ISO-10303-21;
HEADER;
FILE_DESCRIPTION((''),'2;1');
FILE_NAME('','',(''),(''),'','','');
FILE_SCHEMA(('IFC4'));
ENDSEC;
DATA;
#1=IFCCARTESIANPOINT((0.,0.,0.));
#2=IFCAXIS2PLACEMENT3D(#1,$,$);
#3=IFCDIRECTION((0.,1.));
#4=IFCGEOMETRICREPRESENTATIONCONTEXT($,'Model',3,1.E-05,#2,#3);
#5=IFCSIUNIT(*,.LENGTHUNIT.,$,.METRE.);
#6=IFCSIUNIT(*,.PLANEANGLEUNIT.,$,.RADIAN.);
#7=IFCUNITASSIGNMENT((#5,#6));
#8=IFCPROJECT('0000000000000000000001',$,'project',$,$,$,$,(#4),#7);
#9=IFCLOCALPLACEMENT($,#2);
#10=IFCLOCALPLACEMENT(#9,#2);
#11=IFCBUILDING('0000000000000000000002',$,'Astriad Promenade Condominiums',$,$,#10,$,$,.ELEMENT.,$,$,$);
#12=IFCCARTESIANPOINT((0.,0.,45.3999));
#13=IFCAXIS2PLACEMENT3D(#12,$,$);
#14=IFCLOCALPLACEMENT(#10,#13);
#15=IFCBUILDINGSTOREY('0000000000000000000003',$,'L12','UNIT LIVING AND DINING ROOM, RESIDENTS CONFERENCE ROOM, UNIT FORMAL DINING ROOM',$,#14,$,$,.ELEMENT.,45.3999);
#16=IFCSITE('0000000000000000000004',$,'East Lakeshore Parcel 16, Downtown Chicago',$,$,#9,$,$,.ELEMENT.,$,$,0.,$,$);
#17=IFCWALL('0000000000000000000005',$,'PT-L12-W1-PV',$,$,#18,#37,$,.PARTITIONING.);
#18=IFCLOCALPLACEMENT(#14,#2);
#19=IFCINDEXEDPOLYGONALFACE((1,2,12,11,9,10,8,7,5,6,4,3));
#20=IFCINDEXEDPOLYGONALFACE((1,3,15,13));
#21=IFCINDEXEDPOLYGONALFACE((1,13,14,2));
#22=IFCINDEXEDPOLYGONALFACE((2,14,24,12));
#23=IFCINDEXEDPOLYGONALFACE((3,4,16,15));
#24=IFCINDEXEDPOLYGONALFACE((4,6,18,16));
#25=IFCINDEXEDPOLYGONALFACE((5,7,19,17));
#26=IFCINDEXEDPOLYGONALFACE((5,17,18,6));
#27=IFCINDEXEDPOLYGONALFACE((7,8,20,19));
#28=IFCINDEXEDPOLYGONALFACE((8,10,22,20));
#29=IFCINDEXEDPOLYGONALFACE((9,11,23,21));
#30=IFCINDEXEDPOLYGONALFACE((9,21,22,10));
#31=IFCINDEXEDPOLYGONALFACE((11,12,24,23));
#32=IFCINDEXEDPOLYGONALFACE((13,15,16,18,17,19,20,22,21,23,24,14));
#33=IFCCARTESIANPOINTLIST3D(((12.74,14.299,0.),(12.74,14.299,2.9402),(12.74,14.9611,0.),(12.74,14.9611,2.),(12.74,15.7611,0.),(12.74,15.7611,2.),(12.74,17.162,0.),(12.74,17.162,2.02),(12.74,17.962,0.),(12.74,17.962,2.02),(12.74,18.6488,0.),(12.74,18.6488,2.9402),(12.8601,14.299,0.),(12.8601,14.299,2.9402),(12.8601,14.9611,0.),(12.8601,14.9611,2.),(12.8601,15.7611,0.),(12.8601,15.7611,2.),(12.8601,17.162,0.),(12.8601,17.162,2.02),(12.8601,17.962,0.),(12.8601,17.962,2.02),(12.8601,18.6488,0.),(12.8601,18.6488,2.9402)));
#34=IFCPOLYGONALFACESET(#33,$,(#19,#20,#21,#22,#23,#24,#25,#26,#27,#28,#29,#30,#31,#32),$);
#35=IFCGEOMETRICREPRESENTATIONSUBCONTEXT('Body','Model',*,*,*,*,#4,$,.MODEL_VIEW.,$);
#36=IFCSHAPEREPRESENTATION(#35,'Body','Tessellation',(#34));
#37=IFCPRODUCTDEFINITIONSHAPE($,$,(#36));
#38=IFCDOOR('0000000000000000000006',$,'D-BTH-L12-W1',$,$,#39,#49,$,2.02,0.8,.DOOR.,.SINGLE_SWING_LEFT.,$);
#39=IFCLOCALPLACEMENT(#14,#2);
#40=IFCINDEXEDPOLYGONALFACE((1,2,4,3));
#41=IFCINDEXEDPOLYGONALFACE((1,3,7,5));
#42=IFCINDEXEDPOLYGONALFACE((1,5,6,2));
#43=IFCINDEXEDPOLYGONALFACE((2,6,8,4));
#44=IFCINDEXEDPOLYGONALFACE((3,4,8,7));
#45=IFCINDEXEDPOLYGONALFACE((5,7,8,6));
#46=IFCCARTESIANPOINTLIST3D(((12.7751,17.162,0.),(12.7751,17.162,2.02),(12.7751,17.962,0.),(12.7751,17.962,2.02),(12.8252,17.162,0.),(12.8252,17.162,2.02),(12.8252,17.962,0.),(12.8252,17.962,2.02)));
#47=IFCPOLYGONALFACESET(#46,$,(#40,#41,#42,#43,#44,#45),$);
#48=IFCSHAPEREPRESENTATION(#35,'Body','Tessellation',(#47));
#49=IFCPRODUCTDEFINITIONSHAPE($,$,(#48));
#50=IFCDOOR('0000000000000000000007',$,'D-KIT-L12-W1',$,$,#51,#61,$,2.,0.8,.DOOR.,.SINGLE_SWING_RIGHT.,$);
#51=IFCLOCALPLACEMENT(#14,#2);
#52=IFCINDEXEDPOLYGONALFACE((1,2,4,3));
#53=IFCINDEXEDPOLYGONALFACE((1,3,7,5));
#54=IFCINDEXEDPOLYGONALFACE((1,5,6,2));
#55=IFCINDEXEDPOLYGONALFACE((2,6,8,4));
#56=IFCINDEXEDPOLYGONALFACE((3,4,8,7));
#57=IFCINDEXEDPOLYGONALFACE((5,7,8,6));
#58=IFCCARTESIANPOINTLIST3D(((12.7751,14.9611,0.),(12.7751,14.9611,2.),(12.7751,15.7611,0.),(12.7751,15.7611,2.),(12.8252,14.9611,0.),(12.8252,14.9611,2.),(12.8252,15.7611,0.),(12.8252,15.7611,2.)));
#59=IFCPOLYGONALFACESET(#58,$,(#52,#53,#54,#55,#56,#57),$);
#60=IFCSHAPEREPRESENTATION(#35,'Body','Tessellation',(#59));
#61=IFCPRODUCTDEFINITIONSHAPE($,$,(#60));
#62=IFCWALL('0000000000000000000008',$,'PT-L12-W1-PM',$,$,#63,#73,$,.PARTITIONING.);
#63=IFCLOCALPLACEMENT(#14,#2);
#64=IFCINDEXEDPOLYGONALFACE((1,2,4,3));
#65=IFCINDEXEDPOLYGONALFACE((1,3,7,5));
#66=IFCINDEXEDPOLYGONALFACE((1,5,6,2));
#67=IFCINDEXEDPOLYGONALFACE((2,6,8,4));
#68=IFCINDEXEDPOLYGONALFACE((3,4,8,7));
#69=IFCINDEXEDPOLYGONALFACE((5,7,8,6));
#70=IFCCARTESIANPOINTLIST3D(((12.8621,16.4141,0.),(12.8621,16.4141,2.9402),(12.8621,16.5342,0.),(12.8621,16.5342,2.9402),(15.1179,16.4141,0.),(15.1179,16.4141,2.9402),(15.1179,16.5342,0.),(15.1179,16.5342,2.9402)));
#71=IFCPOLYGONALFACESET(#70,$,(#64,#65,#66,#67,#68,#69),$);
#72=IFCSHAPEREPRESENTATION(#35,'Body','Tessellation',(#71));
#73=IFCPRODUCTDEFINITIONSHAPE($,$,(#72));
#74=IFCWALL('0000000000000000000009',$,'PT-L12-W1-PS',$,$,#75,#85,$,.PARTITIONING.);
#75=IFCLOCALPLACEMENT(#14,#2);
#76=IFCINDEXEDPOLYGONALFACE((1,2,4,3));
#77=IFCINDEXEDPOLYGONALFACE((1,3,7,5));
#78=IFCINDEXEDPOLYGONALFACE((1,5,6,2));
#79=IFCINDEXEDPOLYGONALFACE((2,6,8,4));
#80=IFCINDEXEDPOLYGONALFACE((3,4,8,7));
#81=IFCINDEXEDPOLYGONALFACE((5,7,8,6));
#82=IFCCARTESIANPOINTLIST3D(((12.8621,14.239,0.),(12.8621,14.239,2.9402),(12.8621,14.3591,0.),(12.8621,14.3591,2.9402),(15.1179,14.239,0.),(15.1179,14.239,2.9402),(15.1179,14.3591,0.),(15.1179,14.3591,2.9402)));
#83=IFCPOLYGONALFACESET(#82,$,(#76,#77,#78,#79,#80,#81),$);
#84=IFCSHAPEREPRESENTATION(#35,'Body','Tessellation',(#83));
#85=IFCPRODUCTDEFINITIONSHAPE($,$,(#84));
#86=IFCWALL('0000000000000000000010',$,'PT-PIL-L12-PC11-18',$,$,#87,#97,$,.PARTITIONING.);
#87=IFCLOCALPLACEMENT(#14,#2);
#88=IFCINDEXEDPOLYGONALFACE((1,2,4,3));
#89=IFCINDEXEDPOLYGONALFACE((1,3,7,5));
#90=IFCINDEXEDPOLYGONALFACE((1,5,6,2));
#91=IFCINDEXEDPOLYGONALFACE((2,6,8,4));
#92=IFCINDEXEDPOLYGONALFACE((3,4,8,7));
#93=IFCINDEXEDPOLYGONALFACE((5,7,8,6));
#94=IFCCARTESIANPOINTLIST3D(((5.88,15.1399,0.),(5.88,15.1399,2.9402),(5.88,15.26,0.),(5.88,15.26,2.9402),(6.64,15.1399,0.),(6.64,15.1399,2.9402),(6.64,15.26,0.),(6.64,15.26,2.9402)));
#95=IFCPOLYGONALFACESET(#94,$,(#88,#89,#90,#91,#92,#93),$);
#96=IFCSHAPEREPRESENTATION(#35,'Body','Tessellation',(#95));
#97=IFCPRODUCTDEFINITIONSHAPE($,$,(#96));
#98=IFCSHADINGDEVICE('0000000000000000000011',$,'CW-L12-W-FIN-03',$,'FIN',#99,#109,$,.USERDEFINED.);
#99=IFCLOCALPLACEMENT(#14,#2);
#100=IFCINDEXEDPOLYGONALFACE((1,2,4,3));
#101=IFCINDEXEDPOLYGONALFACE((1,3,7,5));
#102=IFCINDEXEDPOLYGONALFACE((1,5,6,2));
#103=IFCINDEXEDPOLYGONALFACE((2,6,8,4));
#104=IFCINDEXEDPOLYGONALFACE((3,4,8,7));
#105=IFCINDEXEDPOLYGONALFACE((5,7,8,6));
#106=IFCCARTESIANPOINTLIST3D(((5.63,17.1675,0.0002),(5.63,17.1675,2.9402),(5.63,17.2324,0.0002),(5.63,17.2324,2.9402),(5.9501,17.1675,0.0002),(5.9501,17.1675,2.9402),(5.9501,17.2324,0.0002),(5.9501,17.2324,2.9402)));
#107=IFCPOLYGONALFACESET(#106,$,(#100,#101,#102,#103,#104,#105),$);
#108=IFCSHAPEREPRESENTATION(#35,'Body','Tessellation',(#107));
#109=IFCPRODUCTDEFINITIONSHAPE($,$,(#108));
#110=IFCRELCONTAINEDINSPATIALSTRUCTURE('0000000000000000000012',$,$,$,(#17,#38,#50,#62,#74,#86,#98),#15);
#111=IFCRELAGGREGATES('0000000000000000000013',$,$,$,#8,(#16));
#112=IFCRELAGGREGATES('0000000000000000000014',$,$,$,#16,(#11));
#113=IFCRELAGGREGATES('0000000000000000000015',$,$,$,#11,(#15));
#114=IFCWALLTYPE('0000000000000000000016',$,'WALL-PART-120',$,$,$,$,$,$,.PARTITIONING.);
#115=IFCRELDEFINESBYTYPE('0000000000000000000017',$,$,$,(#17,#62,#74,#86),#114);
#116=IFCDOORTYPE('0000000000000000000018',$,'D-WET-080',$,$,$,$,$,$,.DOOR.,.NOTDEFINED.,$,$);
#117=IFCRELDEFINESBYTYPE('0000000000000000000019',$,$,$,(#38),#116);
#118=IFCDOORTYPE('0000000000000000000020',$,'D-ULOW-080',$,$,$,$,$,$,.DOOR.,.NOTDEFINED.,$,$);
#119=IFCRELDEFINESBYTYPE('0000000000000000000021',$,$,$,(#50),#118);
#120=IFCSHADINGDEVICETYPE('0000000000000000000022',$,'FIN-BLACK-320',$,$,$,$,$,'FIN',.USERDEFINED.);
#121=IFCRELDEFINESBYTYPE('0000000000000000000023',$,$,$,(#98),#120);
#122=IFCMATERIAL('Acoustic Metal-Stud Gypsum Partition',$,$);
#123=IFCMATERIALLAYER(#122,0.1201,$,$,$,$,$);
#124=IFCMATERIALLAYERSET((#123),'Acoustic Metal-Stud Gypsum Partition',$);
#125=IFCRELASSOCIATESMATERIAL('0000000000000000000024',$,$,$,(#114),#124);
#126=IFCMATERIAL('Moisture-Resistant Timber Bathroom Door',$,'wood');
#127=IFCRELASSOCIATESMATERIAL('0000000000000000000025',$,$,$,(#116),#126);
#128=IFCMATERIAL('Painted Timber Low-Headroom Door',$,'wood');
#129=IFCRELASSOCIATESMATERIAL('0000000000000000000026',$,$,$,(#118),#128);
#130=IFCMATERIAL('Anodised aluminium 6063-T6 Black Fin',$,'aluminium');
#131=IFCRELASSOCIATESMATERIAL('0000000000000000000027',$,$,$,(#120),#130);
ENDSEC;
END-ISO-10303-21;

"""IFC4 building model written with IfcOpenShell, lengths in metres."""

from ifc_helpers import new_model, si_unit, direction, frame, frame_2d, origin, origin_2d, place, context, subcontext, project, spatial, rectangle, extrude, source, transform, mapped, material, layer, layer_set, type_object, type_shapes, element, fill, save


model = new_model("IFC4")

# Units and contexts
model_context = context("Model", 3, precision=1e-05, world=origin(), true_north=direction((0.0, 1.0)))
body_context = subcontext(model_context, "Body", "Model", "MODEL_VIEW")
ifc_project = project(units=[si_unit("LENGTHUNIT", "METRE"), si_unit("PLANEANGLEUNIT", "RADIAN")], contexts=[model_context])

# Site, building, storey
site_placement = place(None, origin())
site = spatial("IfcSite", under=ifc_project, at=site_placement, Name="East Lakeshore Parcel 16, Downtown Chicago", CompositionType="ELEMENT", RefElevation=0.0)
building_placement = place(site_placement, origin())
building = spatial("IfcBuilding", under=site, at=building_placement, Name="Astriad Promenade Condominiums", CompositionType="ELEMENT")
storey_placement = place(building_placement, frame((0.0, 0.0, 45.3999)))
storey = spatial("IfcBuildingStorey", under=building, at=storey_placement, Name="L12", Description="UNIT LIVING AND DINING ROOM, RESIDENTS CONFERENCE ROOM, UNIT FORMAL DINING ROOM", CompositionType="ELEMENT", Elevation=45.3999)

# Wall, openings, doors
ifc_material_1 = material(Name="Acoustic Metal-Stud Gypsum Partition")
ifc_layer_1 = layer(ifc_material_1, 0.1201)
ifc_layer_set_1 = layer_set([ifc_layer_1], Name="Acoustic Metal-Stud Gypsum Partition")
wall_type = type_object("IfcWallType", Name="WALL-PART-120", PredefinedType="PARTITIONING", material=ifc_layer_set_1)
wall_1_placement = place(storey_placement, frame((12.8, 14.2991, 0.0), z_axis=(0.0, 0.0, 1.0), x_axis=(0.0, 1.0, 0.0)))
wall_1 = element("IfcWall", 1, at=wall_1_placement, inside=storey, type_object=wall_type, Name="PT-L12-W1-PV", PredefinedType="PARTITIONING", context=body_context, shape_type="SweptSolid", body=[
    extrude(rectangle(XDim=4.3499, YDim=0.1201, at=frame_2d((2.1748, 0.0))), origin(), (0.0, 0.0, 1.0), 2.9402),
])
opening_1_placement = place(wall_1_placement, frame((0.6621, 0.0, 0.0)))
opening_1 = element("IfcOpeningElement", 2, at=opening_1_placement, cuts=wall_1, PredefinedType="OPENING", context=body_context, shape_type="SweptSolid", body=[
    extrude(rectangle(XDim=0.8, YDim=2.0, at=frame_2d((0.3999, 1.0))), frame((0.0, 0.0701, 0.0), z_axis=(0.0, -1.0, 0.0), x_axis=(1.0, 0.0, 0.0)), (0.0, 0.0, 1.0), 0.1401),
])
opening_2_placement = place(wall_1_placement, frame((2.863, 0.0, 0.0)))
opening_2 = element("IfcOpeningElement", 3, at=opening_2_placement, cuts=wall_1, PredefinedType="OPENING", context=body_context, shape_type="SweptSolid", body=[
    extrude(rectangle(XDim=0.8, YDim=2.02, at=frame_2d((0.3999, 1.01))), frame((0.0, 0.0701, 0.0), z_axis=(0.0, -1.0, 0.0), x_axis=(1.0, 0.0, 0.0)), (0.0, 0.0, 1.0), 0.1401),
])
ifc_material_2 = material(Name="Moisture-Resistant Timber Bathroom Door", Category="wood")
door_type_1 = type_object("IfcDoorType", Name="D-WET-080", OperationType="NOTDEFINED", PredefinedType="DOOR", material=ifc_material_2)
shared_shape_1 = source(origin(), body_context, "Body", "SweptSolid", [
    extrude(rectangle(XDim=0.8, YDim=2.02, at=frame_2d((0.3999, 1.01))), frame((0.0, 0.0249, 0.0), z_axis=(0.0, -1.0, 0.0), x_axis=(1.0, 0.0, 0.0)), (0.0, 0.0, 1.0), 0.05),
])
type_shapes(door_type_1, [shared_shape_1])
door_1_placement = place(opening_2_placement, origin())
door_1 = element("IfcDoor", 4, at=door_1_placement, inside=storey, type_object=door_type_1, Name="D-BTH-L12-W1", OperationType="SINGLE_SWING_LEFT", OverallHeight=2.02, OverallWidth=0.8, PredefinedType="DOOR", context=body_context, shape_type="MappedRepresentation", body=[
    mapped(shared_shape_1, transform((0.0, 0.0, 0.0), scale=1.0)),
])
fill(opening_2, door_1)
ifc_material_3 = material(Name="Painted Timber Low-Headroom Door", Category="wood")
door_type_2 = type_object("IfcDoorType", Name="D-ULOW-080", OperationType="NOTDEFINED", PredefinedType="DOOR", material=ifc_material_3)
shared_shape_2 = source(origin(), body_context, "Body", "SweptSolid", [
    extrude(rectangle(XDim=0.8, YDim=2.0, at=frame_2d((0.3999, 1.0))), frame((0.0, 0.0249, 0.0), z_axis=(0.0, -1.0, 0.0), x_axis=(1.0, 0.0, 0.0)), (0.0, 0.0, 1.0), 0.05),
])
type_shapes(door_type_2, [shared_shape_2])
door_2_placement = place(opening_1_placement, origin())
door_2 = element("IfcDoor", 5, at=door_2_placement, inside=storey, type_object=door_type_2, Name="D-KIT-L12-W1", OperationType="SINGLE_SWING_RIGHT", OverallHeight=2.0, OverallWidth=0.8, PredefinedType="DOOR", context=body_context, shape_type="MappedRepresentation", body=[
    mapped(shared_shape_2, transform((0.0, 0.0, 0.0), scale=1.0)),
])
fill(opening_1, door_2)

# Walls
for number, where, z_axis, x_axis, name in (
    (6, (12.8621, 16.4741, 0.0), (0.0, 0.0, 1.0), (1.0, 0.0, 0.0), "PT-L12-W1-PM"),
    (7, (12.8621, 14.2991, 0.0), (0.0, 0.0, 1.0), (1.0, 0.0, 0.0), "PT-L12-W1-PS"),
):
    element("IfcWall", number, at=place(storey_placement, frame(where, z_axis=z_axis, x_axis=x_axis)), inside=storey, type_object=wall_type, Name=name, PredefinedType="PARTITIONING", context=body_context, shape_type="SweptSolid", body=[
        extrude(rectangle(XDim=2.2559, YDim=0.1201, at=frame_2d((1.1279, 0.0))), origin(), (0.0, 0.0, 1.0), 2.9402),
    ])
wall_2_placement = place(storey_placement, frame((6.6399, 15.2, 0.0), z_axis=(0.0, 0.0, 1.0), x_axis=(-1.0, 0.0, 0.0)))
element("IfcWall", 8, at=wall_2_placement, inside=storey, type_object=wall_type, Name="PT-PIL-L12-PC11-18", PredefinedType="PARTITIONING", context=body_context, shape_type="SweptSolid", body=[
    extrude(rectangle(XDim=0.76, YDim=0.1201, at=frame_2d((0.3799, 0.0))), origin(), (0.0, 0.0, 1.0), 2.9402),
])

# Shading device
ifc_material_4 = material(Name="Anodised aluminium 6063-T6 Black Fin", Category="aluminium")
shading_device_type = type_object("IfcShadingDeviceType", Name="FIN-BLACK-320", ElementType="FIN", PredefinedType="USERDEFINED", material=ifc_material_4)
shared_shape_3 = source(origin(), body_context, "Body", "SweptSolid", [
    extrude(rectangle(XDim=0.0649, YDim=0.3201, at=origin_2d()), origin(), (0.0, 0.0, 1.0), 2.9399),
])
type_shapes(shading_device_type, [shared_shape_3])
shading_device_placement = place(storey_placement, frame((5.79, 17.2, 0.0002), z_axis=(0.0, 0.0, 1.0), x_axis=(0.0, 1.0, 0.0)))
element("IfcShadingDevice", 9, at=shading_device_placement, inside=storey, type_object=shading_device_type, Name="CW-L12-W-FIN-03", ObjectType="FIN", PredefinedType="USERDEFINED", context=body_context, shape_type="MappedRepresentation", body=[
    mapped(shared_shape_3, transform((0.0, 0.0, 0.0), scale=1.0)),
])

save(model, "model.ifc")
